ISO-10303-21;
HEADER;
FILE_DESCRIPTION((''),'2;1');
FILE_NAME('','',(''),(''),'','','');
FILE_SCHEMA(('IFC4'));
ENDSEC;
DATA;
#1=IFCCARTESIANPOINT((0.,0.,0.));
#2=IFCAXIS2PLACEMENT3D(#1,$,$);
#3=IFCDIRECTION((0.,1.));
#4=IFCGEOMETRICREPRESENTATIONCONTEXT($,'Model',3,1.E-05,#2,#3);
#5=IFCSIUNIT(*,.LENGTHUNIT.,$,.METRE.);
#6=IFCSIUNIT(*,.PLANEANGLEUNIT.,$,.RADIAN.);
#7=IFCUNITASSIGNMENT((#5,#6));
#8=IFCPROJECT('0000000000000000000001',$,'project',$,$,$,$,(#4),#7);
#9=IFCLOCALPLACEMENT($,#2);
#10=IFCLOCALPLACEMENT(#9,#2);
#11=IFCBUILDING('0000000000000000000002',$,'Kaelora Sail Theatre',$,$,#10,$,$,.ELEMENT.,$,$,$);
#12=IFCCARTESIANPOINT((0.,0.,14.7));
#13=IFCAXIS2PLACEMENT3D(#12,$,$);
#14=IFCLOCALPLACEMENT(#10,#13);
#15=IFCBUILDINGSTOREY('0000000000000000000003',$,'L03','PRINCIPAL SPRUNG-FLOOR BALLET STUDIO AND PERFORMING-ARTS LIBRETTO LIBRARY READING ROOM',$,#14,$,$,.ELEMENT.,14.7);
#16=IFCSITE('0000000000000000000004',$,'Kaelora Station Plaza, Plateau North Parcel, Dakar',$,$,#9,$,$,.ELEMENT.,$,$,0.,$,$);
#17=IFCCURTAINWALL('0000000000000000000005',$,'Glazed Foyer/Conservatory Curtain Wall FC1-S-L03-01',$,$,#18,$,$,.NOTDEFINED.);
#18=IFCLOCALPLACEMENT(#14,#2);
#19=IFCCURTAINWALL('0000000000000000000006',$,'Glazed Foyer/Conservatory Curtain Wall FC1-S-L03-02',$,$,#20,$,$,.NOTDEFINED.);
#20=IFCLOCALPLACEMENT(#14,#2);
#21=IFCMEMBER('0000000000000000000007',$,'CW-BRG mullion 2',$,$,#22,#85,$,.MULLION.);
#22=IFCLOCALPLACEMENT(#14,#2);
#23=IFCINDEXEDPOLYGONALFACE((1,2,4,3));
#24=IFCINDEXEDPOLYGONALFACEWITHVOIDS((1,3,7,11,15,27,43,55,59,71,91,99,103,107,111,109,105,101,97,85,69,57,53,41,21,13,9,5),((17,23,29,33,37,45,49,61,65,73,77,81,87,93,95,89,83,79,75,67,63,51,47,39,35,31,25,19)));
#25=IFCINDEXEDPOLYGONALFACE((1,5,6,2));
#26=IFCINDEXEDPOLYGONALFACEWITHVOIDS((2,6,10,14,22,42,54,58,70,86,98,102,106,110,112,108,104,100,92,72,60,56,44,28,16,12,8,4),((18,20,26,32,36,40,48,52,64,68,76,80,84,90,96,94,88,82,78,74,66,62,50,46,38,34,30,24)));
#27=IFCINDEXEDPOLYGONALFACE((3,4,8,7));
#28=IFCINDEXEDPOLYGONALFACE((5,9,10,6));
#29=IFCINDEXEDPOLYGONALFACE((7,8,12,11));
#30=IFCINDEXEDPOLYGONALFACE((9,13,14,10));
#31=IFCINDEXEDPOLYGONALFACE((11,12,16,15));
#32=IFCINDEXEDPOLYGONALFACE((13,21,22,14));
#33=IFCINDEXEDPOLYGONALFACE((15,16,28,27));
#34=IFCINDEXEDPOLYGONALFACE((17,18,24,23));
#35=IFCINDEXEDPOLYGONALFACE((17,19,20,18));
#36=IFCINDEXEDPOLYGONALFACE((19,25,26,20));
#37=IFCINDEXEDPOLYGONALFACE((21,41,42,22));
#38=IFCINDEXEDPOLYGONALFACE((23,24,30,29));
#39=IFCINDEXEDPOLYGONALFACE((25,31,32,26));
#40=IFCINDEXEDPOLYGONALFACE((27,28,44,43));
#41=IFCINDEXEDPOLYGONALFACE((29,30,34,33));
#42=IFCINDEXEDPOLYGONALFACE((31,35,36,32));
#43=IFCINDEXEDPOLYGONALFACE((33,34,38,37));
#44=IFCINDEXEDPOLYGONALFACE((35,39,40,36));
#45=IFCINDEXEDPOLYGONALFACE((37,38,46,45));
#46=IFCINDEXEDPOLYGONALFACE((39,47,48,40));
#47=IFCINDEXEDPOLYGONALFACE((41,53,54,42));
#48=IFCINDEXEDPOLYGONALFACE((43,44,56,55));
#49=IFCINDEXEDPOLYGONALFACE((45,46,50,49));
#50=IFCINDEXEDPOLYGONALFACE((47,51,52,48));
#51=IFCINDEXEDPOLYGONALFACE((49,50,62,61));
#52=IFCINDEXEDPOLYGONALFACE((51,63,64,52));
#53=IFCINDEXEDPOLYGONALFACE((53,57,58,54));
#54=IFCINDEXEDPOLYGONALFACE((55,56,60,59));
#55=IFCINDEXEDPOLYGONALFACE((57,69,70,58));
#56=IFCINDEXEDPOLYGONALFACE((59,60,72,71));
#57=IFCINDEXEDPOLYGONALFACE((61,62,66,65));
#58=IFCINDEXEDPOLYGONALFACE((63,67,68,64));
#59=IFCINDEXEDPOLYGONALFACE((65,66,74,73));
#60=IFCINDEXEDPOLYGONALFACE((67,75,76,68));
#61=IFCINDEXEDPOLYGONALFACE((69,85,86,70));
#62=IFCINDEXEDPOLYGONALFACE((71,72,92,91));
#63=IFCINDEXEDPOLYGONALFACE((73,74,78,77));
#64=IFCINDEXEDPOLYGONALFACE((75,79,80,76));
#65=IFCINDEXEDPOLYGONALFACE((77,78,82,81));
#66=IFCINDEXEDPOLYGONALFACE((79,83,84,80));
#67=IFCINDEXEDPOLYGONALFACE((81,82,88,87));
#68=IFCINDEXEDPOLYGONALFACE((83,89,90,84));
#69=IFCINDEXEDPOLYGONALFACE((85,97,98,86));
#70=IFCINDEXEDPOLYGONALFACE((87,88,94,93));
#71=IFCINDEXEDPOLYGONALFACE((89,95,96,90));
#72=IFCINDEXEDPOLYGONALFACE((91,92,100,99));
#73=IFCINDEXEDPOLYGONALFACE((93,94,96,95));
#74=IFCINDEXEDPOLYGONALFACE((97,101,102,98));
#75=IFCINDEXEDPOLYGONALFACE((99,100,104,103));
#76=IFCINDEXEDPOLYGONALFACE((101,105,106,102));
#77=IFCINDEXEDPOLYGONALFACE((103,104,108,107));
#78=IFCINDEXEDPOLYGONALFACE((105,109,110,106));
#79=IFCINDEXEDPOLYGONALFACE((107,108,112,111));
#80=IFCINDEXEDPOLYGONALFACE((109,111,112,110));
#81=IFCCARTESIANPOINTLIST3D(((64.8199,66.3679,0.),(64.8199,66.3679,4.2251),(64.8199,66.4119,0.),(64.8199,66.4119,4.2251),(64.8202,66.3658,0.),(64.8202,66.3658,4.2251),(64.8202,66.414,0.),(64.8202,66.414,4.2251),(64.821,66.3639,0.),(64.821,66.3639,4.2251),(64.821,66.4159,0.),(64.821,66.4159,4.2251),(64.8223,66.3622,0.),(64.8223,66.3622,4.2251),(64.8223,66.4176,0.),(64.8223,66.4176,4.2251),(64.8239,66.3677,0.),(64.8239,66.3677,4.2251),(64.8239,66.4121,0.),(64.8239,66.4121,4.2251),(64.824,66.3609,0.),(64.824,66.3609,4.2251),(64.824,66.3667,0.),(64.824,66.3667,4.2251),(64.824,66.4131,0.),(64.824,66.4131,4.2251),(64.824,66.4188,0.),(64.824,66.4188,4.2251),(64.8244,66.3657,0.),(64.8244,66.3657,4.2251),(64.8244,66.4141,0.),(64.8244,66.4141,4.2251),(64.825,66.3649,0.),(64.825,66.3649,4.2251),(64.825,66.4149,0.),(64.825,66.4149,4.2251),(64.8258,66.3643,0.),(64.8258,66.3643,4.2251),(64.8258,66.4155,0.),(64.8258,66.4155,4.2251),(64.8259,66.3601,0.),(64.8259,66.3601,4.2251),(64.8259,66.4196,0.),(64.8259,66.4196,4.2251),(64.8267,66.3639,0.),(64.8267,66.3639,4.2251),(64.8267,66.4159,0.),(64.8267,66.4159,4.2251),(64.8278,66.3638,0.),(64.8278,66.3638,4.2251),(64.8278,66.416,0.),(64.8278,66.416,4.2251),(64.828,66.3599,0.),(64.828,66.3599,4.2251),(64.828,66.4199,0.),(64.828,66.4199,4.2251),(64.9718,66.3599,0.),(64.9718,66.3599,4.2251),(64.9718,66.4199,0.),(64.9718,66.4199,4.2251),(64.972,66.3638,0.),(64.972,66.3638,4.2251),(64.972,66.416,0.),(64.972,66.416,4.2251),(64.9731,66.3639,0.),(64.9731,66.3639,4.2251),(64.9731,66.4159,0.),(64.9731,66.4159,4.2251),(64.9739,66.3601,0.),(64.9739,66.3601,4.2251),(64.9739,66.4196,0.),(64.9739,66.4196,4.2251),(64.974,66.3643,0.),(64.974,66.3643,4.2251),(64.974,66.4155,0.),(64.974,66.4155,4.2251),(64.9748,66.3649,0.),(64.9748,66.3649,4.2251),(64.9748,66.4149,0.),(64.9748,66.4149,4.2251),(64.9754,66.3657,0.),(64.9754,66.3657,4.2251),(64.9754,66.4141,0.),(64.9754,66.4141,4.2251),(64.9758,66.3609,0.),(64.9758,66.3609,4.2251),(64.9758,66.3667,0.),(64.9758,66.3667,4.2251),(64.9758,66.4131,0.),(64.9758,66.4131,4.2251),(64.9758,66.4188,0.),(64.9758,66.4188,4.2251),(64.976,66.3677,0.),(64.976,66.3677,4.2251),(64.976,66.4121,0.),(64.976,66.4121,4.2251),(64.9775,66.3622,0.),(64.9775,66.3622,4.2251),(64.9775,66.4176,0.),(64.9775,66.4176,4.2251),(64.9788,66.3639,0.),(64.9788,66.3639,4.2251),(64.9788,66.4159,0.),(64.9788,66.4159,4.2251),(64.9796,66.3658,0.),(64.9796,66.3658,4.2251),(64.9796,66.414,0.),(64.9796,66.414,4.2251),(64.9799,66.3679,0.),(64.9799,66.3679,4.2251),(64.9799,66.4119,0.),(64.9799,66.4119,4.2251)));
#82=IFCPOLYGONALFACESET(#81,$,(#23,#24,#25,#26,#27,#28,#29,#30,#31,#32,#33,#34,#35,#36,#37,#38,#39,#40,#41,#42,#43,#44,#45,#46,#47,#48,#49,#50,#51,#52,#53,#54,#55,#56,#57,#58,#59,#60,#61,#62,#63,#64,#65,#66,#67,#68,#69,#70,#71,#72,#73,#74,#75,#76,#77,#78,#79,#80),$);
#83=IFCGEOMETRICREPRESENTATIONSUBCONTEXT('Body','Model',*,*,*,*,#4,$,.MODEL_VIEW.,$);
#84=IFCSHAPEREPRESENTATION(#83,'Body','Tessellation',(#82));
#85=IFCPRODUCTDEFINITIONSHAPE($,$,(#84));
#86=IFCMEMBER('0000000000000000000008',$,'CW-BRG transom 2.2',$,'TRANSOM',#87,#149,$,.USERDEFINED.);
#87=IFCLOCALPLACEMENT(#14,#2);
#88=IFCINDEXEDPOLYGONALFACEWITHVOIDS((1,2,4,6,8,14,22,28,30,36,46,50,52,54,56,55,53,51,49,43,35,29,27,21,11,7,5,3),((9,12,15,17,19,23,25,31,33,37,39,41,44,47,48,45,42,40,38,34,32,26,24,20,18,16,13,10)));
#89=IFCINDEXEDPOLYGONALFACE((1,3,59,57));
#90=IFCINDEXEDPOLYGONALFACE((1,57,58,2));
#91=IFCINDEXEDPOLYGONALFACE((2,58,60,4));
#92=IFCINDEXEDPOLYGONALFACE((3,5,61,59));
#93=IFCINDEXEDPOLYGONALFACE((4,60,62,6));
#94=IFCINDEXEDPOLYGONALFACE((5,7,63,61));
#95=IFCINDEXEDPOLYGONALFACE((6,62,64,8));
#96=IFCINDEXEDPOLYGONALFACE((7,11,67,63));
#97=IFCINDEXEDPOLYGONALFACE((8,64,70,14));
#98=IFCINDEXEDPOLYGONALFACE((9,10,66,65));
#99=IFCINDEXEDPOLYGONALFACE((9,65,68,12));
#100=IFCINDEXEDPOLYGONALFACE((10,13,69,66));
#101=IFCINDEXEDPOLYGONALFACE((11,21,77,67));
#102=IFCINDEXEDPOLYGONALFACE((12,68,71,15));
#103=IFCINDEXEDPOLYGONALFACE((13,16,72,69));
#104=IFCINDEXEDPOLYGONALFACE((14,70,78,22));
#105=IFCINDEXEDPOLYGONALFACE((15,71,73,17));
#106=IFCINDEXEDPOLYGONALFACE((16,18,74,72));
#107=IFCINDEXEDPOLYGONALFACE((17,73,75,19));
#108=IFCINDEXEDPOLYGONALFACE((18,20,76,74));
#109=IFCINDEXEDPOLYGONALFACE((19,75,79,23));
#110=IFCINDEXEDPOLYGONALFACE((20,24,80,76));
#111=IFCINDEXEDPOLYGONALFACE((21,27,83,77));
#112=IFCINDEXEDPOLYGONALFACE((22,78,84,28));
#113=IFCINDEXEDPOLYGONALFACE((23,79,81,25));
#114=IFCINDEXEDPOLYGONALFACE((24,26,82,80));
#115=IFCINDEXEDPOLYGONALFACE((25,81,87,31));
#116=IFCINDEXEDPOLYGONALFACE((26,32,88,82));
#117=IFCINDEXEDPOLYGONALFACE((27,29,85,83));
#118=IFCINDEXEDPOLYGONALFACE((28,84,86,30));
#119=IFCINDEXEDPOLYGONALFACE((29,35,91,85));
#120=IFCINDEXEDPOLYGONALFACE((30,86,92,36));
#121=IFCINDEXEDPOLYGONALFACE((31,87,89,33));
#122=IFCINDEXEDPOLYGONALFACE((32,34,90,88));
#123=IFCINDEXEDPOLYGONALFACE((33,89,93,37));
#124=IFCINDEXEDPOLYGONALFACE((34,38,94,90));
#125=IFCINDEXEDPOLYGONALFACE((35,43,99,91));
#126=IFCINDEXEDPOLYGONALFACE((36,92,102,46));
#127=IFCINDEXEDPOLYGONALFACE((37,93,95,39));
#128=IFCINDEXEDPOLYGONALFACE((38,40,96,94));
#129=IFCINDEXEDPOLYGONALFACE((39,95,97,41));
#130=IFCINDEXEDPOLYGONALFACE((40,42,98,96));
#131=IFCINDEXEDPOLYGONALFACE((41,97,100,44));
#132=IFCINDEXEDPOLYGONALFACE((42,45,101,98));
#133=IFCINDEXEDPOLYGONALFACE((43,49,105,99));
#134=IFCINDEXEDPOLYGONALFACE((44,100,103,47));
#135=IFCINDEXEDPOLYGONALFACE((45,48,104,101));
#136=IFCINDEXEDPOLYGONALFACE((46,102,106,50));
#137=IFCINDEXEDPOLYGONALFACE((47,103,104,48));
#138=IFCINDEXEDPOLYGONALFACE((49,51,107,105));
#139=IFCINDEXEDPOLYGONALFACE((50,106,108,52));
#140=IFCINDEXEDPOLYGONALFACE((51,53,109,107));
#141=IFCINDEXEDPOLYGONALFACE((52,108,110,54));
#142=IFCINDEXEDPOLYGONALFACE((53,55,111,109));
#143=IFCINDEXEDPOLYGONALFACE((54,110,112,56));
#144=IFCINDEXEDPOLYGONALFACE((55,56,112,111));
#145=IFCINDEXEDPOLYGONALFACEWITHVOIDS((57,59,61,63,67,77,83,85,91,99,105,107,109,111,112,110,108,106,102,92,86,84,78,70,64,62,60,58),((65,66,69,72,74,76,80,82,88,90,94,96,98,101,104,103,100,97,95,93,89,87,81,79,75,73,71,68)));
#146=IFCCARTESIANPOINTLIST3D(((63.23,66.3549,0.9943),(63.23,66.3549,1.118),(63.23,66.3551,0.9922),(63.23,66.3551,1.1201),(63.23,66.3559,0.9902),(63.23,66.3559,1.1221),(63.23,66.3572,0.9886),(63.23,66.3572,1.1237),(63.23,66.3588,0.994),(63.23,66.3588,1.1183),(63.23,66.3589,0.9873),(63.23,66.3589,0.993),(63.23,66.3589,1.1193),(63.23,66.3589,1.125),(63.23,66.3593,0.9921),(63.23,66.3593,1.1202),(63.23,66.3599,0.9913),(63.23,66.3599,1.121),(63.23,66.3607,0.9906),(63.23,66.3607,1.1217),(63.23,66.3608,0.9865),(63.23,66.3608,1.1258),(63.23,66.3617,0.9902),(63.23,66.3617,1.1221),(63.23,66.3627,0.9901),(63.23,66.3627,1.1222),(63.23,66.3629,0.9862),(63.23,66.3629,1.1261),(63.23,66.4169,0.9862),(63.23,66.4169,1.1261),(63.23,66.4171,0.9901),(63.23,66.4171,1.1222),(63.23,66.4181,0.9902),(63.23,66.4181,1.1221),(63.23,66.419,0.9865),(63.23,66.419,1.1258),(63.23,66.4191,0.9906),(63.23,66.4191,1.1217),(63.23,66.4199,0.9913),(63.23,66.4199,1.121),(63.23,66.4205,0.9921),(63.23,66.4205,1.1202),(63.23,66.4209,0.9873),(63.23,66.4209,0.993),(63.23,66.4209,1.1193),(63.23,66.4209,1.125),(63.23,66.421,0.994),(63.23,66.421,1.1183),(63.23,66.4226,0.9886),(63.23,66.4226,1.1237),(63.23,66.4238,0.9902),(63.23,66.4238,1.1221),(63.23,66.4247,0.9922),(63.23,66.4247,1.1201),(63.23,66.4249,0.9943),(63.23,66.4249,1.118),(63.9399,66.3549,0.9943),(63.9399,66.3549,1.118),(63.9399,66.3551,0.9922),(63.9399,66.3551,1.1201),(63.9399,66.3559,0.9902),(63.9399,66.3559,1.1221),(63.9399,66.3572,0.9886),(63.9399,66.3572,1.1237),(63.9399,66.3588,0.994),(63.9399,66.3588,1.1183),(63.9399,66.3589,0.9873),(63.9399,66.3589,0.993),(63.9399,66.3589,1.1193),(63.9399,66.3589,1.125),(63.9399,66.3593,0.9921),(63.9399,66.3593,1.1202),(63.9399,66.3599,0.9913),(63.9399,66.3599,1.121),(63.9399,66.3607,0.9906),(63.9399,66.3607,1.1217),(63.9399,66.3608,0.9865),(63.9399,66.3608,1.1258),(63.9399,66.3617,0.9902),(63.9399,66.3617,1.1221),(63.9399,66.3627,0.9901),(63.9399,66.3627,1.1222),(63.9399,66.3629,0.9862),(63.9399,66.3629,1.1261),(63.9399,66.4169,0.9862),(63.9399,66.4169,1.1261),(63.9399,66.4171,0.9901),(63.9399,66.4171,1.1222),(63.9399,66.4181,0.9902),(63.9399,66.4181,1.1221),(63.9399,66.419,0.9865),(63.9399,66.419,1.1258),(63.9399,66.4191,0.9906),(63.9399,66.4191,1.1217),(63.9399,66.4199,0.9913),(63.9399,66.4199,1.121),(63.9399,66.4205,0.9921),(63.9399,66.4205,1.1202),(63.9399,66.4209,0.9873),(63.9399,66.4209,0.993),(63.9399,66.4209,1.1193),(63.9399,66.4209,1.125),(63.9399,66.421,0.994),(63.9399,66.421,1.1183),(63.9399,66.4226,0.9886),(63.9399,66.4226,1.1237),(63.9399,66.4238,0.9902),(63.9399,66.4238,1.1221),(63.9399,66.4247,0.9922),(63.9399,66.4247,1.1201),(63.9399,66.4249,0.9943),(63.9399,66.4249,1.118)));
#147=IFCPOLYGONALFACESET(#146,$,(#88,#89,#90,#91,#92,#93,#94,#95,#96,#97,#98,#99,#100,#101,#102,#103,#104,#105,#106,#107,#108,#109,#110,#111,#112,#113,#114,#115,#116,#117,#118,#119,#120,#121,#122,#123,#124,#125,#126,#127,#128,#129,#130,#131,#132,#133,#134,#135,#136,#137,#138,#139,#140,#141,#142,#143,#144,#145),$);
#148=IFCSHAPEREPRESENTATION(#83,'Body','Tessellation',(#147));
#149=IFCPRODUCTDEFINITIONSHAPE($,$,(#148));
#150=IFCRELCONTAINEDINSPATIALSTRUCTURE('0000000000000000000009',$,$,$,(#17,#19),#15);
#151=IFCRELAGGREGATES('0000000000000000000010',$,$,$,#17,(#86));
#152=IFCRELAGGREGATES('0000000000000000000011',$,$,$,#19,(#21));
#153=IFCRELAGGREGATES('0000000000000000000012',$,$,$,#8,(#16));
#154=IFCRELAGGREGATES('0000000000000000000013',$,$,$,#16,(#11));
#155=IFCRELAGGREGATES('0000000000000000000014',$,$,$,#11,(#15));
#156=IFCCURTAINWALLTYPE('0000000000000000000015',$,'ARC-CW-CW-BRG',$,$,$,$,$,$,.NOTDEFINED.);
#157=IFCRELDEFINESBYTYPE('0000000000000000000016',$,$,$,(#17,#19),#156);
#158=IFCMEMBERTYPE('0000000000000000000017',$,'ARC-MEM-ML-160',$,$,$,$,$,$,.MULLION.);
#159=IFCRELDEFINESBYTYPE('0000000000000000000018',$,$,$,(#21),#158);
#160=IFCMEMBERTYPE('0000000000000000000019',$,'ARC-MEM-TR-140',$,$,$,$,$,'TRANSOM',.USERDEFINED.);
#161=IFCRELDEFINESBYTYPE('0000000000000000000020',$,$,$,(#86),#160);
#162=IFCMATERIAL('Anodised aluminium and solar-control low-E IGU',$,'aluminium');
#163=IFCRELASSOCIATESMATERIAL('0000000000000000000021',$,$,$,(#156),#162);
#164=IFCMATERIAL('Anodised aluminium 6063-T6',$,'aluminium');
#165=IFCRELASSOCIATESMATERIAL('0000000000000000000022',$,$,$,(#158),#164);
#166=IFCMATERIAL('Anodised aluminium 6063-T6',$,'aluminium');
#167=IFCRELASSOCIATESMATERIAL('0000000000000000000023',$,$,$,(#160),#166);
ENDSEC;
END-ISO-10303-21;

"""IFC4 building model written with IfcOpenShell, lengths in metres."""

from ifc_helpers import new_model, si_unit, direction, frame, origin, origin_2d, place, context, subcontext, project, spatial, hollow_rectangle, extrude, material, material_profile, profile_set, type_object, element, aggregate, save


model = new_model("IFC4")

# Units and contexts
model_context = context("Model", 3, precision=1e-05, world=origin(), true_north=direction((0.0, 1.0)))
body_context = subcontext(model_context, "Body", "Model", "MODEL_VIEW")
ifc_project = project(units=[si_unit("LENGTHUNIT", "METRE"), si_unit("PLANEANGLEUNIT", "RADIAN")], contexts=[model_context])

# Site, building, storey
site_placement = place(None, origin())
site = spatial("IfcSite", under=ifc_project, at=site_placement, Name="Kaelora Station Plaza, Plateau North Parcel, Dakar", CompositionType="ELEMENT", RefElevation=0.0)
building_placement = place(site_placement, origin())
building = spatial("IfcBuilding", under=site, at=building_placement, Name="Kaelora Sail Theatre", CompositionType="ELEMENT")
storey_placement = place(building_placement, frame((0.0, 0.0, 14.7)))
storey = spatial("IfcBuildingStorey", under=building, at=storey_placement, Name="L03", Description="PRINCIPAL SPRUNG-FLOOR BALLET STUDIO AND PERFORMING-ARTS LIBRETTO LIBRARY READING ROOM", CompositionType="ELEMENT", Elevation=14.7)

# Curtain wall
ifc_material_1 = material(Name="Anodised aluminium and solar-control low-E IGU", Category="aluminium")
curtain_wall_type = type_object("IfcCurtainWallType", Name="ARC-CW-CW-BRG", PredefinedType="NOTDEFINED", material=ifc_material_1)
curtain_wall_1_placement = place(storey_placement, origin())
curtain_wall_1 = element("IfcCurtainWall", 1, at=curtain_wall_1_placement, inside=storey, type_object=curtain_wall_type, Name="Glazed Foyer/Conservatory Curtain Wall FC1-S-L03-01", PredefinedType="NOTDEFINED")
ifc_material_2 = material(Name="Anodised aluminium 6063-T6", Category="aluminium")
ifc_material_profile_1 = material_profile(ifc_material_2, hollow_rectangle(XDim=0.0601, YDim=0.1599, WallThickness=0.0039, InnerFilletRadius=0.0039, OuterFilletRadius=0.0081, at=origin_2d()), Name="ALU-MULL 60x160x4")
ifc_profile_set_1 = profile_set([ifc_material_profile_1], Name="Anodised aluminium 6063-T6")
member_type_1 = type_object("IfcMemberType", Name="ARC-MEM-ML-160", PredefinedType="MULLION", material=ifc_profile_set_1)

# Curtain wall, member
curtain_wall_2_placement = place(storey_placement, origin())
curtain_wall_2 = element("IfcCurtainWall", 2, at=curtain_wall_2_placement, inside=storey, type_object=curtain_wall_type, Name="Glazed Foyer/Conservatory Curtain Wall FC1-S-L03-02", PredefinedType="NOTDEFINED")
member_1_placement = place(storey_placement, frame((64.8999, 66.3899, 0.0), z_axis=(0.0, 0.0, 1.0), x_axis=(0.0, 1.0, 0.0)))
member_1 = element("IfcMember", 3, at=member_1_placement, type_object=member_type_1, Name="CW-BRG mullion 2", PredefinedType="MULLION", context=body_context, shape_type="SweptSolid", body=[
    extrude(hollow_rectangle(XDim=0.0601, YDim=0.1599, WallThickness=0.0039, InnerFilletRadius=0.0039, OuterFilletRadius=0.0081, at=origin_2d()), origin(), (0.0, 0.0, 1.0), 4.2251),
])

# Member
ifc_material_3 = material(Name="Anodised aluminium 6063-T6", Category="aluminium")
ifc_material_profile_2 = material_profile(ifc_material_3, hollow_rectangle(XDim=0.0701, YDim=0.1399, WallThickness=0.0039, InnerFilletRadius=0.0039, OuterFilletRadius=0.0081, at=origin_2d()), Name="ALU-TRAN 70x140x4")
ifc_profile_set_2 = profile_set([ifc_material_profile_2], Name="Anodised aluminium 6063-T6")
member_type_2 = type_object("IfcMemberType", Name="ARC-MEM-TR-140", ElementType="TRANSOM", PredefinedType="USERDEFINED", material=ifc_profile_set_2)
member_2_placement = place(storey_placement, frame((63.23, 66.3899, 1.0562), z_axis=(1.0, 0.0, 0.0), x_axis=(0.0, 1.0, 0.0)))
member_2 = element("IfcMember", 4, at=member_2_placement, type_object=member_type_2, Name="CW-BRG transom 2.2", ObjectType="TRANSOM", PredefinedType="USERDEFINED", context=body_context, shape_type="SweptSolid", body=[
    extrude(hollow_rectangle(XDim=0.0701, YDim=0.1399, WallThickness=0.0039, InnerFilletRadius=0.0039, OuterFilletRadius=0.0081, at=origin_2d()), origin(), (0.0, 0.0, 1.0), 0.71),
])

aggregate(curtain_wall_1, [member_2])
aggregate(curtain_wall_2, [member_1])

save(model, "model.ifc")
